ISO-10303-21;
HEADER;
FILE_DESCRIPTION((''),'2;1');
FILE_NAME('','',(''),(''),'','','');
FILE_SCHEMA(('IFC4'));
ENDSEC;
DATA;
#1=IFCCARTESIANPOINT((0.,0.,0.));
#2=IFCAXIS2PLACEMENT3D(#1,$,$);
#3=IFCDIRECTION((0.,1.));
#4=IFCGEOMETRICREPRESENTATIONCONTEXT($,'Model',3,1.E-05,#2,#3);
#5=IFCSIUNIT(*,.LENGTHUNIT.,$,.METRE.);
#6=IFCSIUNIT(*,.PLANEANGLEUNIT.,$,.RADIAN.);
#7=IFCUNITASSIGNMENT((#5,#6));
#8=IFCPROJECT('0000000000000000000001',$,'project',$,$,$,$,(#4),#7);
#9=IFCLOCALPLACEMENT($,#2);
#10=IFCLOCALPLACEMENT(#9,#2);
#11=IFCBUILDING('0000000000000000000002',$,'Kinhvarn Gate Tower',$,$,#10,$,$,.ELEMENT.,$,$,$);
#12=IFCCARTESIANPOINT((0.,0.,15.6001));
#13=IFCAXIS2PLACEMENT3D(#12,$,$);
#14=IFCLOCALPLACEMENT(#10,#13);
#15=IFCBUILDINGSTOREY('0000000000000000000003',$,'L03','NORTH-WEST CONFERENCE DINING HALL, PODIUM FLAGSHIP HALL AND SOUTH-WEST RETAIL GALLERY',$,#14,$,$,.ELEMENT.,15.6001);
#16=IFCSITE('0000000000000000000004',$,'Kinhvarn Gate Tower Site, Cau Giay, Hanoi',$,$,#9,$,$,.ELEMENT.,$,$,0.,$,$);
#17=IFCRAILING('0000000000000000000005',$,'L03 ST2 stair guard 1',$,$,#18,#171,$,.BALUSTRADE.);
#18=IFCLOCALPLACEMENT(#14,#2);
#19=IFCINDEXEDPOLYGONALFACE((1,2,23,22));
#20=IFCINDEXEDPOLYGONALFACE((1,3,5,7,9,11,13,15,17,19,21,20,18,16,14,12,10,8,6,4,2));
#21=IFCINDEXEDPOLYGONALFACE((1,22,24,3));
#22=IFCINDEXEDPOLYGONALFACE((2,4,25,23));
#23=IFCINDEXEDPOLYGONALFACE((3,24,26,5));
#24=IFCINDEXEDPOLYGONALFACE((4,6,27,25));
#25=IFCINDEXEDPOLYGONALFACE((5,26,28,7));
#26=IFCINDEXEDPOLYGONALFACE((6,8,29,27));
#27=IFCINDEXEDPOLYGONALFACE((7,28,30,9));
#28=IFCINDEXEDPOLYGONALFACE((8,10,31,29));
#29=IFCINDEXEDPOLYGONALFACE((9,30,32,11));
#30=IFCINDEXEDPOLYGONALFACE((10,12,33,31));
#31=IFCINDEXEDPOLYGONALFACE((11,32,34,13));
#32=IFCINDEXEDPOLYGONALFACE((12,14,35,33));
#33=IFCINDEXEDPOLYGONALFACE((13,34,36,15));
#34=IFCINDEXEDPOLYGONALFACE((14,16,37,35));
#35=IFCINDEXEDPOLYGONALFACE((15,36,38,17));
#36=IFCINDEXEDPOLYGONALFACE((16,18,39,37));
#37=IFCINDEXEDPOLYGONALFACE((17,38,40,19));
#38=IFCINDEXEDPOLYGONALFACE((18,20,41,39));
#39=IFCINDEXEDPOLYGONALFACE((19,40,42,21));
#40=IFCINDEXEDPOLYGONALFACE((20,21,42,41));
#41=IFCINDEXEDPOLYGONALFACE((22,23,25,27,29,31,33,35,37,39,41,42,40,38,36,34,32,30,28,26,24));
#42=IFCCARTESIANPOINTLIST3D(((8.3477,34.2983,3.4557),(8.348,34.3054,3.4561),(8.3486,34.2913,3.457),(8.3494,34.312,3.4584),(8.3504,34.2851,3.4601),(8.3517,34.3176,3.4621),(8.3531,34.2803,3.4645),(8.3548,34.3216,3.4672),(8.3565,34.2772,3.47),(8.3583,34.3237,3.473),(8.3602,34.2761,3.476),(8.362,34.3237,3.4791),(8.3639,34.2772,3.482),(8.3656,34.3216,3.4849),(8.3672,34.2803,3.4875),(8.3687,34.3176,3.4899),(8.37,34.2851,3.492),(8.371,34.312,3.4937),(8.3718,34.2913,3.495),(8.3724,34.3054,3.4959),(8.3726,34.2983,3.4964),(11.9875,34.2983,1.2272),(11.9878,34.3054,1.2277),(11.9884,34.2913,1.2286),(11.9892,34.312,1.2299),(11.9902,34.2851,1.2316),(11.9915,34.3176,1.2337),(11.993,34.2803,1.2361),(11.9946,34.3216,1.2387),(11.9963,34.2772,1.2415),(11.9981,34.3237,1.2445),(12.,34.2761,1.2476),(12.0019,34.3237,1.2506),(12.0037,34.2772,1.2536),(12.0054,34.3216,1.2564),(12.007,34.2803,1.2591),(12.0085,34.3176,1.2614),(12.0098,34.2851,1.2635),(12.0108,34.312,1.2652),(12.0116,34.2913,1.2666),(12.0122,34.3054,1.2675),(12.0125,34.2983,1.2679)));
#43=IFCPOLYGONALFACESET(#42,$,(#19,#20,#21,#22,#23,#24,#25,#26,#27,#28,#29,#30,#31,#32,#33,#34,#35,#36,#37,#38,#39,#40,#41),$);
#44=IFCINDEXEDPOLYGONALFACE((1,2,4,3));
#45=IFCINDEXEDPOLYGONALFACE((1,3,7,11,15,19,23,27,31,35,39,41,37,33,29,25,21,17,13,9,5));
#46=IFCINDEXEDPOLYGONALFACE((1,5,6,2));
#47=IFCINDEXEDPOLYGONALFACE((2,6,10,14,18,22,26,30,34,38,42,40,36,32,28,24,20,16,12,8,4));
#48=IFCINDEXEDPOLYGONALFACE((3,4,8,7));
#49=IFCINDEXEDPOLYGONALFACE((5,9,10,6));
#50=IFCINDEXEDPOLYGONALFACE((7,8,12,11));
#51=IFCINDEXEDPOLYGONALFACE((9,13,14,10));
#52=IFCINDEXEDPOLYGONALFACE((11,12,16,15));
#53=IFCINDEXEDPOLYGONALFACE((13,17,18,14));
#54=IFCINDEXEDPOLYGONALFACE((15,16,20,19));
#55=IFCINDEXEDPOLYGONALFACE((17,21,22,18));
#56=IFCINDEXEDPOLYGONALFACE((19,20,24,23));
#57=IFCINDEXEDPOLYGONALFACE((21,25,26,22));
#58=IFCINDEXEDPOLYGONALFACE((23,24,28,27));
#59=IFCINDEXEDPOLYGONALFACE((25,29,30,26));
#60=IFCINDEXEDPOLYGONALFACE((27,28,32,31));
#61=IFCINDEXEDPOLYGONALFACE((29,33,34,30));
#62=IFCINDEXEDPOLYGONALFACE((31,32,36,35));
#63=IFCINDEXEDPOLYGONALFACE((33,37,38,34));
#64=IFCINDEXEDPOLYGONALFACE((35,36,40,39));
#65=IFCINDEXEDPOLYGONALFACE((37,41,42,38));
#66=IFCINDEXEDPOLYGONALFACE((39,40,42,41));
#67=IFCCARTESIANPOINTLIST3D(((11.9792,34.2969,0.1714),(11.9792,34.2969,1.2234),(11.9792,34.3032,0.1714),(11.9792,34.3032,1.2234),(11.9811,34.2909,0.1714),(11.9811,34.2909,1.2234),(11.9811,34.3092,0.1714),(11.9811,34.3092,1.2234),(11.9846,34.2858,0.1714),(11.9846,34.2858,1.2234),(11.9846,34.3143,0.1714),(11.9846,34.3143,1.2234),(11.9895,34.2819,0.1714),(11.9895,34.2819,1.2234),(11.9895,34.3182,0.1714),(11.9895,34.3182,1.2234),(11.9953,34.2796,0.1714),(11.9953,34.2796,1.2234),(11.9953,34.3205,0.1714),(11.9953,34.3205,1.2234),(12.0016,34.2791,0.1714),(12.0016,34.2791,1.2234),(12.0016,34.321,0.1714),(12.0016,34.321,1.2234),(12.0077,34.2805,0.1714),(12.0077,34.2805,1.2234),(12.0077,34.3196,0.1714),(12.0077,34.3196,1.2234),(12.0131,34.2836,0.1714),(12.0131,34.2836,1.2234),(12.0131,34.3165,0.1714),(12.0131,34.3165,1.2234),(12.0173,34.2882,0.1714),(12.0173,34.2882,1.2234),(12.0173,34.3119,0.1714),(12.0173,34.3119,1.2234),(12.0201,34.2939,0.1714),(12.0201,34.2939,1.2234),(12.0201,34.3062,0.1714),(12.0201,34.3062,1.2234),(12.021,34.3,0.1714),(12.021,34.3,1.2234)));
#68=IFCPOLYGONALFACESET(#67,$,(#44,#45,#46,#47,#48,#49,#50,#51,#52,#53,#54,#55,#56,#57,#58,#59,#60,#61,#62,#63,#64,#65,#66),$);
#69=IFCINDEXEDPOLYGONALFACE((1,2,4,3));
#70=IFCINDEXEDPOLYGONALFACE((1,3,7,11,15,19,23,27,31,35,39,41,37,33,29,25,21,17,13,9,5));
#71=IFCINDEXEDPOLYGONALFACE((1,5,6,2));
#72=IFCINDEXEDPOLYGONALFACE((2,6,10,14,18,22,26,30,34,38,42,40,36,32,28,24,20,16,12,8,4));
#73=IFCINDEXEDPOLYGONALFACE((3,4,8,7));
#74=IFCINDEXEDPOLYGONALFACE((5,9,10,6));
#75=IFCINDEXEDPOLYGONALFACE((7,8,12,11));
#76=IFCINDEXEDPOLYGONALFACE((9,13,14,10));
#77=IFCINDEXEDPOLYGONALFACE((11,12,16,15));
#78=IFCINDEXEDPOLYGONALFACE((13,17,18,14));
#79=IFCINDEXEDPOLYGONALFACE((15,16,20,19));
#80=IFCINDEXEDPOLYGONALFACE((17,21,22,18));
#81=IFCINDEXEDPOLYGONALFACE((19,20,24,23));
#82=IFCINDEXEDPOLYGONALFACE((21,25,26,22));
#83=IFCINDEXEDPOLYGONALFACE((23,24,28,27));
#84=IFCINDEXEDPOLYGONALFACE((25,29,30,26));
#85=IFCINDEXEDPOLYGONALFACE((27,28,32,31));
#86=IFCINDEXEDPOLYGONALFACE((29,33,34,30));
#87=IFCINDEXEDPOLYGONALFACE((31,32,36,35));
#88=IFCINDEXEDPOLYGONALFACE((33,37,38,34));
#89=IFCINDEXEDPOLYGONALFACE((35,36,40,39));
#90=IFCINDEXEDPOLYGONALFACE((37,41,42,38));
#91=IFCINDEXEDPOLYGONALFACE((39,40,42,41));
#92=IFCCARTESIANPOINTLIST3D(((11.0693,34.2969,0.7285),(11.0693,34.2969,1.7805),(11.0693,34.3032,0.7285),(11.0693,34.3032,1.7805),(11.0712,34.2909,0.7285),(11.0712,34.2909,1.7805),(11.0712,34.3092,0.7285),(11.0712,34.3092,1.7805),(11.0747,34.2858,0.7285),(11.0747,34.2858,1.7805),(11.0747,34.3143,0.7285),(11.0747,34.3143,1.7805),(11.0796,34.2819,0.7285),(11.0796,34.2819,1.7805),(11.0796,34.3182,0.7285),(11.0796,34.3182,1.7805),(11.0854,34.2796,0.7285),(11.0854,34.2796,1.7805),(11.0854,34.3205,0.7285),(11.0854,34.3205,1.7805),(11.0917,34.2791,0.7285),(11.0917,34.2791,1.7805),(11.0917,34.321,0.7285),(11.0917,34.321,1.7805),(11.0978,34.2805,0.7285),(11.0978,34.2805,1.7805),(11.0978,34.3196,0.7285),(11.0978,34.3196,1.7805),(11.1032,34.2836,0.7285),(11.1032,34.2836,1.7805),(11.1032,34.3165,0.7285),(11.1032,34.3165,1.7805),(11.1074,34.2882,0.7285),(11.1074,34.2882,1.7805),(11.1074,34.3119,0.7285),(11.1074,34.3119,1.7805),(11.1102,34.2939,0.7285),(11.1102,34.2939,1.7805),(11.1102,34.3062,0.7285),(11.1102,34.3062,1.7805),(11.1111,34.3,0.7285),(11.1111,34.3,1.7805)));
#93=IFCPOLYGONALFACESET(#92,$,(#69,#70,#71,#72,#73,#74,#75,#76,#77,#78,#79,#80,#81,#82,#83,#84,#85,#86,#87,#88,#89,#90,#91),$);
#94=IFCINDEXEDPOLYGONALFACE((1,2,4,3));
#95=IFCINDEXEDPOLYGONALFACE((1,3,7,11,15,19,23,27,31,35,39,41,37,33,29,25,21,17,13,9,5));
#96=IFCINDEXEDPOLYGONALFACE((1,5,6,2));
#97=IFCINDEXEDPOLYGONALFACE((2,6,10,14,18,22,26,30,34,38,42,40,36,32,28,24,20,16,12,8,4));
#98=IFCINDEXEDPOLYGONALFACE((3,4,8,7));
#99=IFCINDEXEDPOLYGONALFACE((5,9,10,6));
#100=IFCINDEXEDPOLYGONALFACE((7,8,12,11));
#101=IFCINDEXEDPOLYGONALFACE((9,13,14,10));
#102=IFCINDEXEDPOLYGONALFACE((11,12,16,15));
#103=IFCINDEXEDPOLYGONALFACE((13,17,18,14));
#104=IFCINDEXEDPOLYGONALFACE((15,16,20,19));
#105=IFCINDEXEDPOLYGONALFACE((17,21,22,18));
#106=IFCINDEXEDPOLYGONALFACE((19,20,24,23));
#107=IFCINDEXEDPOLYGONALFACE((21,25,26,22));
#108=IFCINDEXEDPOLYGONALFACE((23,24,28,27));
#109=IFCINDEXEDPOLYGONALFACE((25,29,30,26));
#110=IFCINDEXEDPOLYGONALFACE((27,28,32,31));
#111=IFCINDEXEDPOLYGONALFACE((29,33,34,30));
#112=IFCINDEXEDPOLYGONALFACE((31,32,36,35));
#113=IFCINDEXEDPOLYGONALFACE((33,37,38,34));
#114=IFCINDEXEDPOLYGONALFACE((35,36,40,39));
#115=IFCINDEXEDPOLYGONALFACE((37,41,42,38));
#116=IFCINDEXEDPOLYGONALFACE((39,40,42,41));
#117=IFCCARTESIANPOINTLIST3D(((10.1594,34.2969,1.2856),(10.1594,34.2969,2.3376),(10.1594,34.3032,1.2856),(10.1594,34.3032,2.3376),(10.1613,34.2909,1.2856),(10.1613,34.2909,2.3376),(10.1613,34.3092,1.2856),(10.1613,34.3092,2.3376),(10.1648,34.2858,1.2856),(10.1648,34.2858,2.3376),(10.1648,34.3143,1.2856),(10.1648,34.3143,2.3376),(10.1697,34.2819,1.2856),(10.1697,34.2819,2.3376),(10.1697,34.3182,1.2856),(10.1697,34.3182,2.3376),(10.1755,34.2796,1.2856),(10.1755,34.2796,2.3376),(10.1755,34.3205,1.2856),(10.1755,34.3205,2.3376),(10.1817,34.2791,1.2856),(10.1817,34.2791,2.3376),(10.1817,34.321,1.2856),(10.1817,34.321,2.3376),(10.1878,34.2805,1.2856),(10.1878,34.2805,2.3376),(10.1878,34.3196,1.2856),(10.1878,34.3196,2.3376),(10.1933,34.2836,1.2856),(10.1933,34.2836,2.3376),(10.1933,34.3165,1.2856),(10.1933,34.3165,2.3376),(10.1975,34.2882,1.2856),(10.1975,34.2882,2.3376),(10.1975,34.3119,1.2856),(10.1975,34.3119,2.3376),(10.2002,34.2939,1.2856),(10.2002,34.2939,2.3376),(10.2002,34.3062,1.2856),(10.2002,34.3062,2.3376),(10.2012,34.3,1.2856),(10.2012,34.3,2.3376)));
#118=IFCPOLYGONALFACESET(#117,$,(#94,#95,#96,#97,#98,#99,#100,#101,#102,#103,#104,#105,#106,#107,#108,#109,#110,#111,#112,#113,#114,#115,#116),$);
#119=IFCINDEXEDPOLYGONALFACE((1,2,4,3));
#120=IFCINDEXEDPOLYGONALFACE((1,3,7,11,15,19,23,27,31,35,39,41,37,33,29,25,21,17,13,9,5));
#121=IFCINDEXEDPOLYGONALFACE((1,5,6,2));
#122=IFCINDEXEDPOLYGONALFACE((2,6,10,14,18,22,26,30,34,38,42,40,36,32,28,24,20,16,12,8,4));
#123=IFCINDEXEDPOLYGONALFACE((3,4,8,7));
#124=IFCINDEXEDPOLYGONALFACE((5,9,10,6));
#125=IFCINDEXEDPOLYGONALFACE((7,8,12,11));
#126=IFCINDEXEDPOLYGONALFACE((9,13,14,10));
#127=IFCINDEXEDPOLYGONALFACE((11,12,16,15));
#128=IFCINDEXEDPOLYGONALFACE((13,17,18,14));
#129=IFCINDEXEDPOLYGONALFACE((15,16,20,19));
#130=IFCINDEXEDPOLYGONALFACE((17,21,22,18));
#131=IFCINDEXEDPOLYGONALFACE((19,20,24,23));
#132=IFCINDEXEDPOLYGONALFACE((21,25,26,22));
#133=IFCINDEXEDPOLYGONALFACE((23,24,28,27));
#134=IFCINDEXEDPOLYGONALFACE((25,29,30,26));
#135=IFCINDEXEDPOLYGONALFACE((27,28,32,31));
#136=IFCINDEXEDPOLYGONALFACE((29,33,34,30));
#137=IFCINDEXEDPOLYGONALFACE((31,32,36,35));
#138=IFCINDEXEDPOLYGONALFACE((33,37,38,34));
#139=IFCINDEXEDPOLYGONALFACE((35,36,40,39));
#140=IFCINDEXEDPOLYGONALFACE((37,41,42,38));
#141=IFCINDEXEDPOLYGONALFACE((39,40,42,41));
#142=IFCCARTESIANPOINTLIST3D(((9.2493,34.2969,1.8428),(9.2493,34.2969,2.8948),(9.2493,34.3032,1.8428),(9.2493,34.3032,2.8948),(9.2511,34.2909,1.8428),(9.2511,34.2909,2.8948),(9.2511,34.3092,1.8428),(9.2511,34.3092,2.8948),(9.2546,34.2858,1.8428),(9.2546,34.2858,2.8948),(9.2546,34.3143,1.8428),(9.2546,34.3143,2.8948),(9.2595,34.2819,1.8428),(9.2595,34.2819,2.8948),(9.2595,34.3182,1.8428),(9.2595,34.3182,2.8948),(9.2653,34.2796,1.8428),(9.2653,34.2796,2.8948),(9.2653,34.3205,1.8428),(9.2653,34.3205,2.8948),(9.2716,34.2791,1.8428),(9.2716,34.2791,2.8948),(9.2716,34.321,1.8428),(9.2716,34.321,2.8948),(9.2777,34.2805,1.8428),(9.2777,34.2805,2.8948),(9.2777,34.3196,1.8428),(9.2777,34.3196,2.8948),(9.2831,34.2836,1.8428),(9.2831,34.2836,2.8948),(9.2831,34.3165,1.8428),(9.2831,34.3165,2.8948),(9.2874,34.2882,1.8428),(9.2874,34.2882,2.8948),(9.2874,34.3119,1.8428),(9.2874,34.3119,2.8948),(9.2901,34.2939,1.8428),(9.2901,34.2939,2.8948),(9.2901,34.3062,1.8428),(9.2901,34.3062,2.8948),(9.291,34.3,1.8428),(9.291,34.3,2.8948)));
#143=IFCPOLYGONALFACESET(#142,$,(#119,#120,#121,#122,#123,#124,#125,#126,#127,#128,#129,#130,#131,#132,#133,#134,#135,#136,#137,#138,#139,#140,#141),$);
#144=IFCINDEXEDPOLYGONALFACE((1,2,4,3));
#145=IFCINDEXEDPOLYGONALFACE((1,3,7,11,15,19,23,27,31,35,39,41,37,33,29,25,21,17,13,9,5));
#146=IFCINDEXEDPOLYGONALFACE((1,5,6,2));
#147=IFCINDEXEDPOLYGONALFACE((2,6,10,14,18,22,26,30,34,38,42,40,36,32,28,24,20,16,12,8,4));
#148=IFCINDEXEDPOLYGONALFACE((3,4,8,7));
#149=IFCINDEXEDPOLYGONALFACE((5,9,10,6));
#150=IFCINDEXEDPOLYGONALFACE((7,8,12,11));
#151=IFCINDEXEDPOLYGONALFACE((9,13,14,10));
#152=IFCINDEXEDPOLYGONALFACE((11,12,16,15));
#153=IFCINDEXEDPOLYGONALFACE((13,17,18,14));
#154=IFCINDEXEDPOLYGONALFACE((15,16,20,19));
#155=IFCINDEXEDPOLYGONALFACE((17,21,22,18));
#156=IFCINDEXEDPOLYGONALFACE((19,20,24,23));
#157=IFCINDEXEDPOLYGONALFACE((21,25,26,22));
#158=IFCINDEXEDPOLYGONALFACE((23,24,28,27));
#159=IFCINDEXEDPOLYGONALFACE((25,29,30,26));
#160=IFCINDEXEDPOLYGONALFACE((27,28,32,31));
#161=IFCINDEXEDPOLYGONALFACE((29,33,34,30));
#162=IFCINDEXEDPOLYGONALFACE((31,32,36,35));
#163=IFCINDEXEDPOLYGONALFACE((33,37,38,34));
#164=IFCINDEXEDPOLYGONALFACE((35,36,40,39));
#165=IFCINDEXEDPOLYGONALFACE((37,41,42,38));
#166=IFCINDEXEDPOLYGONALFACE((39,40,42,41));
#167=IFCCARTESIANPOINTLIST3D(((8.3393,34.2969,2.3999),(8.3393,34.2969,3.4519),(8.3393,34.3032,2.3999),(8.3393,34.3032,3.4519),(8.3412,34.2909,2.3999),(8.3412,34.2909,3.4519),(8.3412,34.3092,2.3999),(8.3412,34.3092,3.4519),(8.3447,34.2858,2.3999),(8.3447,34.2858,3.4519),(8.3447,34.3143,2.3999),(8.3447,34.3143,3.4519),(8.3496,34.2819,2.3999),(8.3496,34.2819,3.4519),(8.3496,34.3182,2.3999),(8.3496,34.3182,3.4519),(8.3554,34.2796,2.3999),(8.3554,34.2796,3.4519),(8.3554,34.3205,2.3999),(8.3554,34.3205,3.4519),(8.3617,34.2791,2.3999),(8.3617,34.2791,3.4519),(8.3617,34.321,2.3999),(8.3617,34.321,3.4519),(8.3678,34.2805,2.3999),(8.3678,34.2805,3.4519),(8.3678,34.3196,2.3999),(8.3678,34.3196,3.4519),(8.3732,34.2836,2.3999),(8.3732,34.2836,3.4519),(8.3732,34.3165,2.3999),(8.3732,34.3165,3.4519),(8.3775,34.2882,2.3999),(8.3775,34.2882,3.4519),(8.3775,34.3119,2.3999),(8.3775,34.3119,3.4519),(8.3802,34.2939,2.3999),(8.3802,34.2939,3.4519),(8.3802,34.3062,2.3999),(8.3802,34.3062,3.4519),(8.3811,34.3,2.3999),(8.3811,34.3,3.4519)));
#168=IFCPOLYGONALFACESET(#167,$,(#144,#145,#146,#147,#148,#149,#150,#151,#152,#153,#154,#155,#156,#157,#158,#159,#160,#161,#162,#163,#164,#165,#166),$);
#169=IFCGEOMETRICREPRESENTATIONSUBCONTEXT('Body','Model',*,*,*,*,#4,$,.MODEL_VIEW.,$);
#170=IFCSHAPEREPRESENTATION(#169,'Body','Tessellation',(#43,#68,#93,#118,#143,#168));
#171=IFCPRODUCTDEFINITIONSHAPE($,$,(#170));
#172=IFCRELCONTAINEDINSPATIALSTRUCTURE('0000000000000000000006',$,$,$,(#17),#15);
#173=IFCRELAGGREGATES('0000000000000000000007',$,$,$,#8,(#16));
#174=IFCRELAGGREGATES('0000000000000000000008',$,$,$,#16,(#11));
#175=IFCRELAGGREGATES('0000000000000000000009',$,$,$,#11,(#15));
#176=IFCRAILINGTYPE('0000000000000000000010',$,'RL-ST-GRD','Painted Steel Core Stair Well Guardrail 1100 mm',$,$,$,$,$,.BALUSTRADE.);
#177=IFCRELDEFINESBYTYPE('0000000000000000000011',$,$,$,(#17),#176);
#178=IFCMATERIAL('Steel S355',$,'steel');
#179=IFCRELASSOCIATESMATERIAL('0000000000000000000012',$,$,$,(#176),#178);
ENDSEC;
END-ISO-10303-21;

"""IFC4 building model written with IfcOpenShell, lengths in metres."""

from ifc_helpers import new_model, si_unit, direction, frame, origin, origin_2d, place, context, subcontext, project, spatial, circle, extrude, material, type_object, element, save


model = new_model("IFC4")

# Units and contexts
model_context = context("Model", 3, precision=1e-05, world=origin(), true_north=direction((0.0, 1.0)))
body_context = subcontext(model_context, "Body", "Model", "MODEL_VIEW")
ifc_project = project(units=[si_unit("LENGTHUNIT", "METRE"), si_unit("PLANEANGLEUNIT", "RADIAN")], contexts=[model_context])

# Site, building, storey
site_placement = place(None, origin())
site = spatial("IfcSite", under=ifc_project, at=site_placement, Name="Kinhvarn Gate Tower Site, Cau Giay, Hanoi", CompositionType="ELEMENT", RefElevation=0.0)
building_placement = place(site_placement, origin())
building = spatial("IfcBuilding", under=site, at=building_placement, Name="Kinhvarn Gate Tower", CompositionType="ELEMENT")
storey_placement = place(building_placement, frame((0.0, 0.0, 15.6001)))
storey = spatial("IfcBuildingStorey", under=building, at=storey_placement, Name="L03", Description="NORTH-WEST CONFERENCE DINING HALL, PODIUM FLAGSHIP HALL AND SOUTH-WEST RETAIL GALLERY", CompositionType="ELEMENT", Elevation=15.6001)

# Shared definitions
ifc_material_1 = material(Name="Steel S355", Category="steel")

# Railing
railing_type_1 = type_object("IfcRailingType", Name="RL-ST-GRD", Description="Painted Steel Core Stair Well Guardrail 1100 mm", PredefinedType="BALUSTRADE", material=ifc_material_1)
railing_1_placement = place(storey_placement, frame((12.0, 34.3, 0.1714)))
element("IfcRailing", 1, at=railing_1_placement, inside=storey, type_object=railing_type_1, Name="L03 ST2 stair guard 1", PredefinedType="BALUSTRADE", context=body_context, shape_type="SweptSolid", body=[
    extrude(circle(Radius=0.0239, at=origin_2d()), frame((0.0, 0.0, 1.0762), z_axis=(-0.85285, 0.0, 0.522156), x_axis=(0.0, -1.0, 0.0)), (0.0, 0.0, 1.0), 4.2678),
    extrude(circle(Radius=0.021, at=origin_2d()), origin(), (0.0, 0.0, 1.0), 1.052),
    extrude(circle(Radius=0.021, at=origin_2d()), frame((-0.9099, 0.0, 0.5571)), (0.0, 0.0, 1.0), 1.052),
    extrude(circle(Radius=0.021, at=origin_2d()), frame((-1.8198, 0.0, 1.1143)), (0.0, 0.0, 1.0), 1.052),
    extrude(circle(Radius=0.021, at=origin_2d()), frame((-2.73, 0.0, 1.6714)), (0.0, 0.0, 1.0), 1.052),
    extrude(circle(Radius=0.021, at=origin_2d()), frame((-3.6399, 0.0, 2.2285)), (0.0, 0.0, 1.0), 1.052),
])

save(model, "model.ifc")
